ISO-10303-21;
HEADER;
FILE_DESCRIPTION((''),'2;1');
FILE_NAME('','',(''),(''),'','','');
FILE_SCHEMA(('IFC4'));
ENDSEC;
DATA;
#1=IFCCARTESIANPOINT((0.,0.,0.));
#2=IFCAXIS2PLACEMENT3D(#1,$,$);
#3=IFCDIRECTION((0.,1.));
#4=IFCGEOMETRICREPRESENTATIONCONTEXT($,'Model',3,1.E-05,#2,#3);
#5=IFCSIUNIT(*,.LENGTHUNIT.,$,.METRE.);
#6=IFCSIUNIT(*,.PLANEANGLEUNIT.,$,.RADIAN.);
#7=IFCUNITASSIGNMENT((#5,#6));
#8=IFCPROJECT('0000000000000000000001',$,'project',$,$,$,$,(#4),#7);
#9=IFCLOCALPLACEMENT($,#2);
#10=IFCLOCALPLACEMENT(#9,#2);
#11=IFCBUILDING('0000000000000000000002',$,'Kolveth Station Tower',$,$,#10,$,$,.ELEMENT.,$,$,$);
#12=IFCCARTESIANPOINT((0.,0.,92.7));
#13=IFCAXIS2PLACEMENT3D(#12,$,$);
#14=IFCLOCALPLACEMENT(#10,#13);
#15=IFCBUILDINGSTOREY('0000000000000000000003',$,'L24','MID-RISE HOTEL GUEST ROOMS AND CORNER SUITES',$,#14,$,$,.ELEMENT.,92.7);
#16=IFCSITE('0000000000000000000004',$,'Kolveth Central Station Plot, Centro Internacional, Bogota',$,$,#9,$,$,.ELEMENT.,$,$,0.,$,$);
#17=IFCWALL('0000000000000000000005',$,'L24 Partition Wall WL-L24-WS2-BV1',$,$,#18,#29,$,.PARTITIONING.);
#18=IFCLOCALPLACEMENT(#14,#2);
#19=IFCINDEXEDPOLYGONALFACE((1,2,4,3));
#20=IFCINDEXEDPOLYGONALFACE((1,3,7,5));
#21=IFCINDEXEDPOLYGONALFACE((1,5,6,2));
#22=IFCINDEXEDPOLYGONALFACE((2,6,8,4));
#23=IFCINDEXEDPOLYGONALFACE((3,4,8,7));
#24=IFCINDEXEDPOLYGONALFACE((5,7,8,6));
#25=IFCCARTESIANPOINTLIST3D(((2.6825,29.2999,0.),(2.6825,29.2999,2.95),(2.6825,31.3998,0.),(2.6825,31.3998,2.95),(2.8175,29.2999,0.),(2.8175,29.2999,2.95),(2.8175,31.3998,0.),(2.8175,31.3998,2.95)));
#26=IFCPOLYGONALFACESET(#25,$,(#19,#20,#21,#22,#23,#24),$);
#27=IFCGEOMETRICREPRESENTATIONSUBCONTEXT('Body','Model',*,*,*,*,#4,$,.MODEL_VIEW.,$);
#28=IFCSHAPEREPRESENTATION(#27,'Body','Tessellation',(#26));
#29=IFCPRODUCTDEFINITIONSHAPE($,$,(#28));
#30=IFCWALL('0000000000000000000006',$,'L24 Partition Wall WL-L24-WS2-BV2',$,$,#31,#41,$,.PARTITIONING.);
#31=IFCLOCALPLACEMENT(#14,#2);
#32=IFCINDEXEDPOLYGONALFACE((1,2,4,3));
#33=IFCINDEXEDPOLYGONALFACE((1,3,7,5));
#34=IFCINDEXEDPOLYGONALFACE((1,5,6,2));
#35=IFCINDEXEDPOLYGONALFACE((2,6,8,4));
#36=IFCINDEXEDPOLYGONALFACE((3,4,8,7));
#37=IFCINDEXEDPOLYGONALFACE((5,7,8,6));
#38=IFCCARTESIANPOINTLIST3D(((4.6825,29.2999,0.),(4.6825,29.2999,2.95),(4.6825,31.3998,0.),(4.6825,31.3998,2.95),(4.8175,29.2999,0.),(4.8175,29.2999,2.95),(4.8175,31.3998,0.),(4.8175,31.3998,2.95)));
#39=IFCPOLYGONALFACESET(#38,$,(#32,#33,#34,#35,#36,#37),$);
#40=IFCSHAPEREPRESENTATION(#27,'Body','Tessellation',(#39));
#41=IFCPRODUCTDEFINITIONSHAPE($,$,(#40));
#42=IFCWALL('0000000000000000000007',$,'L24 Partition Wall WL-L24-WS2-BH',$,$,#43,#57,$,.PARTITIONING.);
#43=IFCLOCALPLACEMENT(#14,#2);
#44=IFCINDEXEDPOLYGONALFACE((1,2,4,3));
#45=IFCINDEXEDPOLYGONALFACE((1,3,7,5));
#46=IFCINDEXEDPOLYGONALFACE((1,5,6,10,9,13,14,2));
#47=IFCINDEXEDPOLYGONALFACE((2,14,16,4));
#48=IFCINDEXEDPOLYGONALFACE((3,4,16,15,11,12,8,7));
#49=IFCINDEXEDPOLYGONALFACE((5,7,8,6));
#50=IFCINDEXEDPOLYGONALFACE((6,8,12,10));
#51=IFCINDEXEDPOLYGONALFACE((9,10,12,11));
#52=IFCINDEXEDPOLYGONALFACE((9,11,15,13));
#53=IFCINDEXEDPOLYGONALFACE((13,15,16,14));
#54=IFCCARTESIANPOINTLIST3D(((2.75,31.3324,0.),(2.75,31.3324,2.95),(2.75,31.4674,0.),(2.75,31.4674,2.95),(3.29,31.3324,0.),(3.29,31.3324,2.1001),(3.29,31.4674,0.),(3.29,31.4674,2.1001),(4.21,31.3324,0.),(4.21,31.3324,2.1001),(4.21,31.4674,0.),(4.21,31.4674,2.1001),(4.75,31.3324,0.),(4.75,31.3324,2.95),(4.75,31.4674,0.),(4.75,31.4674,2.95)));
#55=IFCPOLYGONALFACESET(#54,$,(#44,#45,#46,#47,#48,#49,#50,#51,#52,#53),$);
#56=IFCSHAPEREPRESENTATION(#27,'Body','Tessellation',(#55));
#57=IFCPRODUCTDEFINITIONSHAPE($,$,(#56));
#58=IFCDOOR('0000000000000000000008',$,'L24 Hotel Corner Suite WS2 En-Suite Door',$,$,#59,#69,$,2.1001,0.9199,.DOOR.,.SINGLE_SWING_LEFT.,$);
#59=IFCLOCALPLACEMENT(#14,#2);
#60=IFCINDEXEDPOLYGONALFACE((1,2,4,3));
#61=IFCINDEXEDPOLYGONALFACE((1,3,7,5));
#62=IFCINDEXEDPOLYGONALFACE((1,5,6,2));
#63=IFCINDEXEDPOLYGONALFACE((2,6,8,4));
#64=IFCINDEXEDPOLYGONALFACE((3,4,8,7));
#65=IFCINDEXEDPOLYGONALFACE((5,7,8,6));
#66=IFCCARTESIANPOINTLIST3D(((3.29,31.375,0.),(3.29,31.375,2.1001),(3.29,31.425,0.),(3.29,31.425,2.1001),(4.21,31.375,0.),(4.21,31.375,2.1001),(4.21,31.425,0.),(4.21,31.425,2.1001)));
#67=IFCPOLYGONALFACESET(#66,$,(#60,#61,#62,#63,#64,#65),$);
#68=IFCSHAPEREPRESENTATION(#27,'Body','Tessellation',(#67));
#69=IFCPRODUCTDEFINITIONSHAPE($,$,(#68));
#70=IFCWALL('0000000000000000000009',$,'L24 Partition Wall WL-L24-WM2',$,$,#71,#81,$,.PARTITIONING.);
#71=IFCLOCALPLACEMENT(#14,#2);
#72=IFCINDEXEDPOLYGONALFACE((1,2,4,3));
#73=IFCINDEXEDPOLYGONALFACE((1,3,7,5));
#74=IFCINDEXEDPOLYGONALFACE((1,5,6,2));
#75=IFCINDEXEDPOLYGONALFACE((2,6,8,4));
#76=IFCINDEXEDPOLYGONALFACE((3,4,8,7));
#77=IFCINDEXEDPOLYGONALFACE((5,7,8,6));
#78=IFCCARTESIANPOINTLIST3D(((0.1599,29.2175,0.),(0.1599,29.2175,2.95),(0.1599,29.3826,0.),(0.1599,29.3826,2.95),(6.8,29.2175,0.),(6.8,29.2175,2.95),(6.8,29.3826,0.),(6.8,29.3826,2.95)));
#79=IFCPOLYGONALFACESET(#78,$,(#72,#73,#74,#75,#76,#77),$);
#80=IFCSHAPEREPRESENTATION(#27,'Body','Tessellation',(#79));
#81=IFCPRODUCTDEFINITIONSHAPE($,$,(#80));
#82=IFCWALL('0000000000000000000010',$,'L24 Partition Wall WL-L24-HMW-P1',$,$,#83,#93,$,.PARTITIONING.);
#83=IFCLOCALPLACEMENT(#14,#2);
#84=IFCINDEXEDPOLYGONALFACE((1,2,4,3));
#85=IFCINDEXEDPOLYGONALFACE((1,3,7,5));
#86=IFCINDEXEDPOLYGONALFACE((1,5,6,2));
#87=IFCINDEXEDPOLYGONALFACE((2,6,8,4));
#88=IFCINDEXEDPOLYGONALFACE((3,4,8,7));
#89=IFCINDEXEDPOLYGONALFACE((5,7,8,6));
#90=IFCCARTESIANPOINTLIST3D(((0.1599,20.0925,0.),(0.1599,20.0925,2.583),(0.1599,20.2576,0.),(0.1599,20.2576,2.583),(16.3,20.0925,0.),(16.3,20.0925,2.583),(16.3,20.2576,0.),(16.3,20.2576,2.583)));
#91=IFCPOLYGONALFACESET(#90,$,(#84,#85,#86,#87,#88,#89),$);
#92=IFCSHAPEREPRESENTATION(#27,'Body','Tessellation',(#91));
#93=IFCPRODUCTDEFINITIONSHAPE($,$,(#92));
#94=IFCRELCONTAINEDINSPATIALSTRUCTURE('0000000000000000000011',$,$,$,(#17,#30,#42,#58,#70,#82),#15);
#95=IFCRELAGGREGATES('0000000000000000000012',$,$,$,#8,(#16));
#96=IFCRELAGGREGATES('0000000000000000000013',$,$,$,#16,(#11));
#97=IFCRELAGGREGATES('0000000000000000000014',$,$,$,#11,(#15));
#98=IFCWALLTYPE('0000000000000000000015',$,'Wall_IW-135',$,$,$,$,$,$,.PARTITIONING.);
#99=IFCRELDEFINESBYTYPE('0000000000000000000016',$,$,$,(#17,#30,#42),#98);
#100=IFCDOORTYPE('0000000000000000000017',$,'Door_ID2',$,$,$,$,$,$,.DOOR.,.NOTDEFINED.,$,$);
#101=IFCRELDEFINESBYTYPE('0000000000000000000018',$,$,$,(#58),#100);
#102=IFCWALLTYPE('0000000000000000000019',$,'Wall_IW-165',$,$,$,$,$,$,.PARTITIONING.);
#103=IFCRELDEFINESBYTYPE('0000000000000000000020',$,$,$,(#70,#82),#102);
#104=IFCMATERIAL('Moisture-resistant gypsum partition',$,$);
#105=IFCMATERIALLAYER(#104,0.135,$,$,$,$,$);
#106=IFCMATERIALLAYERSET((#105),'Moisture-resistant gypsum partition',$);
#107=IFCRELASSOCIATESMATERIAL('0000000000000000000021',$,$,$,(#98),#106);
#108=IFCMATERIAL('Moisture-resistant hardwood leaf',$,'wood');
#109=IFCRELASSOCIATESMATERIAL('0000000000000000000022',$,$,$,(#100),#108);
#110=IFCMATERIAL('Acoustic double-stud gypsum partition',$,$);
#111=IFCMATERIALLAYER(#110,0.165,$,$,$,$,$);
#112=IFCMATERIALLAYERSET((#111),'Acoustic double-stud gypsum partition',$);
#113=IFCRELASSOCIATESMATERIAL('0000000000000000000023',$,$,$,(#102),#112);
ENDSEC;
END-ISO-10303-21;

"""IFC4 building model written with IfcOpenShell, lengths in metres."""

from ifc_helpers import new_model, si_unit, direction, frame, frame_2d, origin, place, context, subcontext, project, spatial, rectangle, extrude, material, layer, layer_set, type_object, element, fill, save


model = new_model("IFC4")

# Units and contexts
model_context = context("Model", 3, precision=1e-05, world=origin(), true_north=direction((0.0, 1.0)))
body_context = subcontext(model_context, "Body", "Model", "MODEL_VIEW")
ifc_project = project(units=[si_unit("LENGTHUNIT", "METRE"), si_unit("PLANEANGLEUNIT", "RADIAN")], contexts=[model_context])

# Site, building, storey
site_placement = place(None, origin())
site = spatial("IfcSite", under=ifc_project, at=site_placement, Name="Kolveth Central Station Plot, Centro Internacional, Bogota", CompositionType="ELEMENT", RefElevation=0.0)
building_placement = place(site_placement, origin())
building = spatial("IfcBuilding", under=site, at=building_placement, Name="Kolveth Station Tower", CompositionType="ELEMENT")
storey_placement = place(building_placement, frame((0.0, 0.0, 92.7)))
storey = spatial("IfcBuildingStorey", under=building, at=storey_placement, Name="L24", Description="MID-RISE HOTEL GUEST ROOMS AND CORNER SUITES", CompositionType="ELEMENT", Elevation=92.7)

# Walls
ifc_material_1 = material(Name="Moisture-resistant gypsum partition")
ifc_layer_1 = layer(ifc_material_1, 0.135)
ifc_layer_set_1 = layer_set([ifc_layer_1], Name="Moisture-resistant gypsum partition")
wall_type_1 = type_object("IfcWallType", Name="Wall_IW-135", PredefinedType="PARTITIONING", material=ifc_layer_set_1)
for number, where, z_axis, x_axis, name in (
    (1, (2.75, 29.3, 0.0), (0.0, 0.0, 1.0), (0.0, 1.0, 0.0), "L24 Partition Wall WL-L24-WS2-BV1"),
    (2, (4.75, 29.3, 0.0), (0.0, 0.0, 1.0), (0.0, 1.0, 0.0), "L24 Partition Wall WL-L24-WS2-BV2"),
):
    element("IfcWall", number, at=place(storey_placement, frame(where, z_axis=z_axis, x_axis=x_axis)), inside=storey, type_object=wall_type_1, Name=name, PredefinedType="PARTITIONING", context=body_context, shape_type="SweptSolid", body=[
        extrude(rectangle(XDim=2.0999, YDim=0.135, at=frame_2d((1.0498, 0.0))), origin(), (0.0, 0.0, 1.0), 2.95),
    ])

# Wall, opening, door
wall_1_placement = place(storey_placement, frame((2.75, 31.3999, 0.0), z_axis=(0.0, 0.0, 1.0), x_axis=(1.0, 0.0, 0.0)))
wall_1 = element("IfcWall", 3, at=wall_1_placement, inside=storey, type_object=wall_type_1, Name="L24 Partition Wall WL-L24-WS2-BH", PredefinedType="PARTITIONING", context=body_context, shape_type="SweptSolid", body=[
    extrude(rectangle(XDim=2.0, YDim=0.135, at=frame_2d((1.0, 0.0))), origin(), (0.0, 0.0, 1.0), 2.95),
])
opening_placement = place(wall_1_placement, frame((0.54, 0.0, 0.0)))
opening = element("IfcOpeningElement", 4, at=opening_placement, cuts=wall_1, PredefinedType="OPENING", context=body_context, shape_type="SweptSolid", body=[
    extrude(rectangle(XDim=0.9199, YDim=2.1001, at=frame_2d((0.46, 1.05))), frame((0.0, 0.0774, 0.0), z_axis=(0.0, -1.0, 0.0), x_axis=(1.0, 0.0, 0.0)), (0.0, 0.0, 1.0), 0.155),
])
ifc_material_2 = material(Name="Moisture-resistant hardwood leaf", Category="wood")
door_type = type_object("IfcDoorType", Name="Door_ID2", OperationType="NOTDEFINED", PredefinedType="DOOR", material=ifc_material_2)
door_placement = place(opening_placement, frame((0.9199, 0.0, 0.0), z_axis=(0.0, 0.0, 1.0), x_axis=(-1.0, 0.0, 0.0)))
door = element("IfcDoor", 5, at=door_placement, inside=storey, type_object=door_type, Name="L24 Hotel Corner Suite WS2 En-Suite Door", OperationType="SINGLE_SWING_LEFT", OverallHeight=2.1001, OverallWidth=0.9199, PredefinedType="DOOR", context=body_context, shape_type="SweptSolid", body=[
    extrude(rectangle(XDim=0.9199, YDim=2.1001, at=frame_2d((0.46, 1.05))), frame((0.0, 0.0249, 0.0), z_axis=(0.0, -1.0, 0.0), x_axis=(1.0, 0.0, 0.0)), (0.0, 0.0, 1.0), 0.05),
])
fill(opening, door)

# Walls
ifc_material_3 = material(Name="Acoustic double-stud gypsum partition")
ifc_layer_2 = layer(ifc_material_3, 0.165)
ifc_layer_set_2 = layer_set([ifc_layer_2], Name="Acoustic double-stud gypsum partition")
wall_type_2 = type_object("IfcWallType", Name="Wall_IW-165", PredefinedType="PARTITIONING", material=ifc_layer_set_2)
wall_2_placement = place(storey_placement, frame((0.1599, 29.3, 0.0), z_axis=(0.0, 0.0, 1.0), x_axis=(1.0, 0.0, 0.0)))
element("IfcWall", 6, at=wall_2_placement, inside=storey, type_object=wall_type_2, Name="L24 Partition Wall WL-L24-WM2", PredefinedType="PARTITIONING", context=body_context, shape_type="SweptSolid", body=[
    extrude(rectangle(XDim=6.6401, YDim=0.165, at=frame_2d((3.3201, 0.0))), origin(), (0.0, 0.0, 1.0), 2.95),
])
wall_3_placement = place(storey_placement, frame((0.1599, 20.175, 0.0), z_axis=(0.0, 0.0, 1.0), x_axis=(1.0, 0.0, 0.0)))
element("IfcWall", 7, at=wall_3_placement, inside=storey, type_object=wall_type_2, Name="L24 Partition Wall WL-L24-HMW-P1", PredefinedType="PARTITIONING", context=body_context, shape_type="SweptSolid", body=[
    extrude(rectangle(XDim=16.1401, YDim=0.165, at=frame_2d((8.0701, 0.0))), origin(), (0.0, 0.0, 1.0), 2.583),
])

save(model, "model.ifc")
